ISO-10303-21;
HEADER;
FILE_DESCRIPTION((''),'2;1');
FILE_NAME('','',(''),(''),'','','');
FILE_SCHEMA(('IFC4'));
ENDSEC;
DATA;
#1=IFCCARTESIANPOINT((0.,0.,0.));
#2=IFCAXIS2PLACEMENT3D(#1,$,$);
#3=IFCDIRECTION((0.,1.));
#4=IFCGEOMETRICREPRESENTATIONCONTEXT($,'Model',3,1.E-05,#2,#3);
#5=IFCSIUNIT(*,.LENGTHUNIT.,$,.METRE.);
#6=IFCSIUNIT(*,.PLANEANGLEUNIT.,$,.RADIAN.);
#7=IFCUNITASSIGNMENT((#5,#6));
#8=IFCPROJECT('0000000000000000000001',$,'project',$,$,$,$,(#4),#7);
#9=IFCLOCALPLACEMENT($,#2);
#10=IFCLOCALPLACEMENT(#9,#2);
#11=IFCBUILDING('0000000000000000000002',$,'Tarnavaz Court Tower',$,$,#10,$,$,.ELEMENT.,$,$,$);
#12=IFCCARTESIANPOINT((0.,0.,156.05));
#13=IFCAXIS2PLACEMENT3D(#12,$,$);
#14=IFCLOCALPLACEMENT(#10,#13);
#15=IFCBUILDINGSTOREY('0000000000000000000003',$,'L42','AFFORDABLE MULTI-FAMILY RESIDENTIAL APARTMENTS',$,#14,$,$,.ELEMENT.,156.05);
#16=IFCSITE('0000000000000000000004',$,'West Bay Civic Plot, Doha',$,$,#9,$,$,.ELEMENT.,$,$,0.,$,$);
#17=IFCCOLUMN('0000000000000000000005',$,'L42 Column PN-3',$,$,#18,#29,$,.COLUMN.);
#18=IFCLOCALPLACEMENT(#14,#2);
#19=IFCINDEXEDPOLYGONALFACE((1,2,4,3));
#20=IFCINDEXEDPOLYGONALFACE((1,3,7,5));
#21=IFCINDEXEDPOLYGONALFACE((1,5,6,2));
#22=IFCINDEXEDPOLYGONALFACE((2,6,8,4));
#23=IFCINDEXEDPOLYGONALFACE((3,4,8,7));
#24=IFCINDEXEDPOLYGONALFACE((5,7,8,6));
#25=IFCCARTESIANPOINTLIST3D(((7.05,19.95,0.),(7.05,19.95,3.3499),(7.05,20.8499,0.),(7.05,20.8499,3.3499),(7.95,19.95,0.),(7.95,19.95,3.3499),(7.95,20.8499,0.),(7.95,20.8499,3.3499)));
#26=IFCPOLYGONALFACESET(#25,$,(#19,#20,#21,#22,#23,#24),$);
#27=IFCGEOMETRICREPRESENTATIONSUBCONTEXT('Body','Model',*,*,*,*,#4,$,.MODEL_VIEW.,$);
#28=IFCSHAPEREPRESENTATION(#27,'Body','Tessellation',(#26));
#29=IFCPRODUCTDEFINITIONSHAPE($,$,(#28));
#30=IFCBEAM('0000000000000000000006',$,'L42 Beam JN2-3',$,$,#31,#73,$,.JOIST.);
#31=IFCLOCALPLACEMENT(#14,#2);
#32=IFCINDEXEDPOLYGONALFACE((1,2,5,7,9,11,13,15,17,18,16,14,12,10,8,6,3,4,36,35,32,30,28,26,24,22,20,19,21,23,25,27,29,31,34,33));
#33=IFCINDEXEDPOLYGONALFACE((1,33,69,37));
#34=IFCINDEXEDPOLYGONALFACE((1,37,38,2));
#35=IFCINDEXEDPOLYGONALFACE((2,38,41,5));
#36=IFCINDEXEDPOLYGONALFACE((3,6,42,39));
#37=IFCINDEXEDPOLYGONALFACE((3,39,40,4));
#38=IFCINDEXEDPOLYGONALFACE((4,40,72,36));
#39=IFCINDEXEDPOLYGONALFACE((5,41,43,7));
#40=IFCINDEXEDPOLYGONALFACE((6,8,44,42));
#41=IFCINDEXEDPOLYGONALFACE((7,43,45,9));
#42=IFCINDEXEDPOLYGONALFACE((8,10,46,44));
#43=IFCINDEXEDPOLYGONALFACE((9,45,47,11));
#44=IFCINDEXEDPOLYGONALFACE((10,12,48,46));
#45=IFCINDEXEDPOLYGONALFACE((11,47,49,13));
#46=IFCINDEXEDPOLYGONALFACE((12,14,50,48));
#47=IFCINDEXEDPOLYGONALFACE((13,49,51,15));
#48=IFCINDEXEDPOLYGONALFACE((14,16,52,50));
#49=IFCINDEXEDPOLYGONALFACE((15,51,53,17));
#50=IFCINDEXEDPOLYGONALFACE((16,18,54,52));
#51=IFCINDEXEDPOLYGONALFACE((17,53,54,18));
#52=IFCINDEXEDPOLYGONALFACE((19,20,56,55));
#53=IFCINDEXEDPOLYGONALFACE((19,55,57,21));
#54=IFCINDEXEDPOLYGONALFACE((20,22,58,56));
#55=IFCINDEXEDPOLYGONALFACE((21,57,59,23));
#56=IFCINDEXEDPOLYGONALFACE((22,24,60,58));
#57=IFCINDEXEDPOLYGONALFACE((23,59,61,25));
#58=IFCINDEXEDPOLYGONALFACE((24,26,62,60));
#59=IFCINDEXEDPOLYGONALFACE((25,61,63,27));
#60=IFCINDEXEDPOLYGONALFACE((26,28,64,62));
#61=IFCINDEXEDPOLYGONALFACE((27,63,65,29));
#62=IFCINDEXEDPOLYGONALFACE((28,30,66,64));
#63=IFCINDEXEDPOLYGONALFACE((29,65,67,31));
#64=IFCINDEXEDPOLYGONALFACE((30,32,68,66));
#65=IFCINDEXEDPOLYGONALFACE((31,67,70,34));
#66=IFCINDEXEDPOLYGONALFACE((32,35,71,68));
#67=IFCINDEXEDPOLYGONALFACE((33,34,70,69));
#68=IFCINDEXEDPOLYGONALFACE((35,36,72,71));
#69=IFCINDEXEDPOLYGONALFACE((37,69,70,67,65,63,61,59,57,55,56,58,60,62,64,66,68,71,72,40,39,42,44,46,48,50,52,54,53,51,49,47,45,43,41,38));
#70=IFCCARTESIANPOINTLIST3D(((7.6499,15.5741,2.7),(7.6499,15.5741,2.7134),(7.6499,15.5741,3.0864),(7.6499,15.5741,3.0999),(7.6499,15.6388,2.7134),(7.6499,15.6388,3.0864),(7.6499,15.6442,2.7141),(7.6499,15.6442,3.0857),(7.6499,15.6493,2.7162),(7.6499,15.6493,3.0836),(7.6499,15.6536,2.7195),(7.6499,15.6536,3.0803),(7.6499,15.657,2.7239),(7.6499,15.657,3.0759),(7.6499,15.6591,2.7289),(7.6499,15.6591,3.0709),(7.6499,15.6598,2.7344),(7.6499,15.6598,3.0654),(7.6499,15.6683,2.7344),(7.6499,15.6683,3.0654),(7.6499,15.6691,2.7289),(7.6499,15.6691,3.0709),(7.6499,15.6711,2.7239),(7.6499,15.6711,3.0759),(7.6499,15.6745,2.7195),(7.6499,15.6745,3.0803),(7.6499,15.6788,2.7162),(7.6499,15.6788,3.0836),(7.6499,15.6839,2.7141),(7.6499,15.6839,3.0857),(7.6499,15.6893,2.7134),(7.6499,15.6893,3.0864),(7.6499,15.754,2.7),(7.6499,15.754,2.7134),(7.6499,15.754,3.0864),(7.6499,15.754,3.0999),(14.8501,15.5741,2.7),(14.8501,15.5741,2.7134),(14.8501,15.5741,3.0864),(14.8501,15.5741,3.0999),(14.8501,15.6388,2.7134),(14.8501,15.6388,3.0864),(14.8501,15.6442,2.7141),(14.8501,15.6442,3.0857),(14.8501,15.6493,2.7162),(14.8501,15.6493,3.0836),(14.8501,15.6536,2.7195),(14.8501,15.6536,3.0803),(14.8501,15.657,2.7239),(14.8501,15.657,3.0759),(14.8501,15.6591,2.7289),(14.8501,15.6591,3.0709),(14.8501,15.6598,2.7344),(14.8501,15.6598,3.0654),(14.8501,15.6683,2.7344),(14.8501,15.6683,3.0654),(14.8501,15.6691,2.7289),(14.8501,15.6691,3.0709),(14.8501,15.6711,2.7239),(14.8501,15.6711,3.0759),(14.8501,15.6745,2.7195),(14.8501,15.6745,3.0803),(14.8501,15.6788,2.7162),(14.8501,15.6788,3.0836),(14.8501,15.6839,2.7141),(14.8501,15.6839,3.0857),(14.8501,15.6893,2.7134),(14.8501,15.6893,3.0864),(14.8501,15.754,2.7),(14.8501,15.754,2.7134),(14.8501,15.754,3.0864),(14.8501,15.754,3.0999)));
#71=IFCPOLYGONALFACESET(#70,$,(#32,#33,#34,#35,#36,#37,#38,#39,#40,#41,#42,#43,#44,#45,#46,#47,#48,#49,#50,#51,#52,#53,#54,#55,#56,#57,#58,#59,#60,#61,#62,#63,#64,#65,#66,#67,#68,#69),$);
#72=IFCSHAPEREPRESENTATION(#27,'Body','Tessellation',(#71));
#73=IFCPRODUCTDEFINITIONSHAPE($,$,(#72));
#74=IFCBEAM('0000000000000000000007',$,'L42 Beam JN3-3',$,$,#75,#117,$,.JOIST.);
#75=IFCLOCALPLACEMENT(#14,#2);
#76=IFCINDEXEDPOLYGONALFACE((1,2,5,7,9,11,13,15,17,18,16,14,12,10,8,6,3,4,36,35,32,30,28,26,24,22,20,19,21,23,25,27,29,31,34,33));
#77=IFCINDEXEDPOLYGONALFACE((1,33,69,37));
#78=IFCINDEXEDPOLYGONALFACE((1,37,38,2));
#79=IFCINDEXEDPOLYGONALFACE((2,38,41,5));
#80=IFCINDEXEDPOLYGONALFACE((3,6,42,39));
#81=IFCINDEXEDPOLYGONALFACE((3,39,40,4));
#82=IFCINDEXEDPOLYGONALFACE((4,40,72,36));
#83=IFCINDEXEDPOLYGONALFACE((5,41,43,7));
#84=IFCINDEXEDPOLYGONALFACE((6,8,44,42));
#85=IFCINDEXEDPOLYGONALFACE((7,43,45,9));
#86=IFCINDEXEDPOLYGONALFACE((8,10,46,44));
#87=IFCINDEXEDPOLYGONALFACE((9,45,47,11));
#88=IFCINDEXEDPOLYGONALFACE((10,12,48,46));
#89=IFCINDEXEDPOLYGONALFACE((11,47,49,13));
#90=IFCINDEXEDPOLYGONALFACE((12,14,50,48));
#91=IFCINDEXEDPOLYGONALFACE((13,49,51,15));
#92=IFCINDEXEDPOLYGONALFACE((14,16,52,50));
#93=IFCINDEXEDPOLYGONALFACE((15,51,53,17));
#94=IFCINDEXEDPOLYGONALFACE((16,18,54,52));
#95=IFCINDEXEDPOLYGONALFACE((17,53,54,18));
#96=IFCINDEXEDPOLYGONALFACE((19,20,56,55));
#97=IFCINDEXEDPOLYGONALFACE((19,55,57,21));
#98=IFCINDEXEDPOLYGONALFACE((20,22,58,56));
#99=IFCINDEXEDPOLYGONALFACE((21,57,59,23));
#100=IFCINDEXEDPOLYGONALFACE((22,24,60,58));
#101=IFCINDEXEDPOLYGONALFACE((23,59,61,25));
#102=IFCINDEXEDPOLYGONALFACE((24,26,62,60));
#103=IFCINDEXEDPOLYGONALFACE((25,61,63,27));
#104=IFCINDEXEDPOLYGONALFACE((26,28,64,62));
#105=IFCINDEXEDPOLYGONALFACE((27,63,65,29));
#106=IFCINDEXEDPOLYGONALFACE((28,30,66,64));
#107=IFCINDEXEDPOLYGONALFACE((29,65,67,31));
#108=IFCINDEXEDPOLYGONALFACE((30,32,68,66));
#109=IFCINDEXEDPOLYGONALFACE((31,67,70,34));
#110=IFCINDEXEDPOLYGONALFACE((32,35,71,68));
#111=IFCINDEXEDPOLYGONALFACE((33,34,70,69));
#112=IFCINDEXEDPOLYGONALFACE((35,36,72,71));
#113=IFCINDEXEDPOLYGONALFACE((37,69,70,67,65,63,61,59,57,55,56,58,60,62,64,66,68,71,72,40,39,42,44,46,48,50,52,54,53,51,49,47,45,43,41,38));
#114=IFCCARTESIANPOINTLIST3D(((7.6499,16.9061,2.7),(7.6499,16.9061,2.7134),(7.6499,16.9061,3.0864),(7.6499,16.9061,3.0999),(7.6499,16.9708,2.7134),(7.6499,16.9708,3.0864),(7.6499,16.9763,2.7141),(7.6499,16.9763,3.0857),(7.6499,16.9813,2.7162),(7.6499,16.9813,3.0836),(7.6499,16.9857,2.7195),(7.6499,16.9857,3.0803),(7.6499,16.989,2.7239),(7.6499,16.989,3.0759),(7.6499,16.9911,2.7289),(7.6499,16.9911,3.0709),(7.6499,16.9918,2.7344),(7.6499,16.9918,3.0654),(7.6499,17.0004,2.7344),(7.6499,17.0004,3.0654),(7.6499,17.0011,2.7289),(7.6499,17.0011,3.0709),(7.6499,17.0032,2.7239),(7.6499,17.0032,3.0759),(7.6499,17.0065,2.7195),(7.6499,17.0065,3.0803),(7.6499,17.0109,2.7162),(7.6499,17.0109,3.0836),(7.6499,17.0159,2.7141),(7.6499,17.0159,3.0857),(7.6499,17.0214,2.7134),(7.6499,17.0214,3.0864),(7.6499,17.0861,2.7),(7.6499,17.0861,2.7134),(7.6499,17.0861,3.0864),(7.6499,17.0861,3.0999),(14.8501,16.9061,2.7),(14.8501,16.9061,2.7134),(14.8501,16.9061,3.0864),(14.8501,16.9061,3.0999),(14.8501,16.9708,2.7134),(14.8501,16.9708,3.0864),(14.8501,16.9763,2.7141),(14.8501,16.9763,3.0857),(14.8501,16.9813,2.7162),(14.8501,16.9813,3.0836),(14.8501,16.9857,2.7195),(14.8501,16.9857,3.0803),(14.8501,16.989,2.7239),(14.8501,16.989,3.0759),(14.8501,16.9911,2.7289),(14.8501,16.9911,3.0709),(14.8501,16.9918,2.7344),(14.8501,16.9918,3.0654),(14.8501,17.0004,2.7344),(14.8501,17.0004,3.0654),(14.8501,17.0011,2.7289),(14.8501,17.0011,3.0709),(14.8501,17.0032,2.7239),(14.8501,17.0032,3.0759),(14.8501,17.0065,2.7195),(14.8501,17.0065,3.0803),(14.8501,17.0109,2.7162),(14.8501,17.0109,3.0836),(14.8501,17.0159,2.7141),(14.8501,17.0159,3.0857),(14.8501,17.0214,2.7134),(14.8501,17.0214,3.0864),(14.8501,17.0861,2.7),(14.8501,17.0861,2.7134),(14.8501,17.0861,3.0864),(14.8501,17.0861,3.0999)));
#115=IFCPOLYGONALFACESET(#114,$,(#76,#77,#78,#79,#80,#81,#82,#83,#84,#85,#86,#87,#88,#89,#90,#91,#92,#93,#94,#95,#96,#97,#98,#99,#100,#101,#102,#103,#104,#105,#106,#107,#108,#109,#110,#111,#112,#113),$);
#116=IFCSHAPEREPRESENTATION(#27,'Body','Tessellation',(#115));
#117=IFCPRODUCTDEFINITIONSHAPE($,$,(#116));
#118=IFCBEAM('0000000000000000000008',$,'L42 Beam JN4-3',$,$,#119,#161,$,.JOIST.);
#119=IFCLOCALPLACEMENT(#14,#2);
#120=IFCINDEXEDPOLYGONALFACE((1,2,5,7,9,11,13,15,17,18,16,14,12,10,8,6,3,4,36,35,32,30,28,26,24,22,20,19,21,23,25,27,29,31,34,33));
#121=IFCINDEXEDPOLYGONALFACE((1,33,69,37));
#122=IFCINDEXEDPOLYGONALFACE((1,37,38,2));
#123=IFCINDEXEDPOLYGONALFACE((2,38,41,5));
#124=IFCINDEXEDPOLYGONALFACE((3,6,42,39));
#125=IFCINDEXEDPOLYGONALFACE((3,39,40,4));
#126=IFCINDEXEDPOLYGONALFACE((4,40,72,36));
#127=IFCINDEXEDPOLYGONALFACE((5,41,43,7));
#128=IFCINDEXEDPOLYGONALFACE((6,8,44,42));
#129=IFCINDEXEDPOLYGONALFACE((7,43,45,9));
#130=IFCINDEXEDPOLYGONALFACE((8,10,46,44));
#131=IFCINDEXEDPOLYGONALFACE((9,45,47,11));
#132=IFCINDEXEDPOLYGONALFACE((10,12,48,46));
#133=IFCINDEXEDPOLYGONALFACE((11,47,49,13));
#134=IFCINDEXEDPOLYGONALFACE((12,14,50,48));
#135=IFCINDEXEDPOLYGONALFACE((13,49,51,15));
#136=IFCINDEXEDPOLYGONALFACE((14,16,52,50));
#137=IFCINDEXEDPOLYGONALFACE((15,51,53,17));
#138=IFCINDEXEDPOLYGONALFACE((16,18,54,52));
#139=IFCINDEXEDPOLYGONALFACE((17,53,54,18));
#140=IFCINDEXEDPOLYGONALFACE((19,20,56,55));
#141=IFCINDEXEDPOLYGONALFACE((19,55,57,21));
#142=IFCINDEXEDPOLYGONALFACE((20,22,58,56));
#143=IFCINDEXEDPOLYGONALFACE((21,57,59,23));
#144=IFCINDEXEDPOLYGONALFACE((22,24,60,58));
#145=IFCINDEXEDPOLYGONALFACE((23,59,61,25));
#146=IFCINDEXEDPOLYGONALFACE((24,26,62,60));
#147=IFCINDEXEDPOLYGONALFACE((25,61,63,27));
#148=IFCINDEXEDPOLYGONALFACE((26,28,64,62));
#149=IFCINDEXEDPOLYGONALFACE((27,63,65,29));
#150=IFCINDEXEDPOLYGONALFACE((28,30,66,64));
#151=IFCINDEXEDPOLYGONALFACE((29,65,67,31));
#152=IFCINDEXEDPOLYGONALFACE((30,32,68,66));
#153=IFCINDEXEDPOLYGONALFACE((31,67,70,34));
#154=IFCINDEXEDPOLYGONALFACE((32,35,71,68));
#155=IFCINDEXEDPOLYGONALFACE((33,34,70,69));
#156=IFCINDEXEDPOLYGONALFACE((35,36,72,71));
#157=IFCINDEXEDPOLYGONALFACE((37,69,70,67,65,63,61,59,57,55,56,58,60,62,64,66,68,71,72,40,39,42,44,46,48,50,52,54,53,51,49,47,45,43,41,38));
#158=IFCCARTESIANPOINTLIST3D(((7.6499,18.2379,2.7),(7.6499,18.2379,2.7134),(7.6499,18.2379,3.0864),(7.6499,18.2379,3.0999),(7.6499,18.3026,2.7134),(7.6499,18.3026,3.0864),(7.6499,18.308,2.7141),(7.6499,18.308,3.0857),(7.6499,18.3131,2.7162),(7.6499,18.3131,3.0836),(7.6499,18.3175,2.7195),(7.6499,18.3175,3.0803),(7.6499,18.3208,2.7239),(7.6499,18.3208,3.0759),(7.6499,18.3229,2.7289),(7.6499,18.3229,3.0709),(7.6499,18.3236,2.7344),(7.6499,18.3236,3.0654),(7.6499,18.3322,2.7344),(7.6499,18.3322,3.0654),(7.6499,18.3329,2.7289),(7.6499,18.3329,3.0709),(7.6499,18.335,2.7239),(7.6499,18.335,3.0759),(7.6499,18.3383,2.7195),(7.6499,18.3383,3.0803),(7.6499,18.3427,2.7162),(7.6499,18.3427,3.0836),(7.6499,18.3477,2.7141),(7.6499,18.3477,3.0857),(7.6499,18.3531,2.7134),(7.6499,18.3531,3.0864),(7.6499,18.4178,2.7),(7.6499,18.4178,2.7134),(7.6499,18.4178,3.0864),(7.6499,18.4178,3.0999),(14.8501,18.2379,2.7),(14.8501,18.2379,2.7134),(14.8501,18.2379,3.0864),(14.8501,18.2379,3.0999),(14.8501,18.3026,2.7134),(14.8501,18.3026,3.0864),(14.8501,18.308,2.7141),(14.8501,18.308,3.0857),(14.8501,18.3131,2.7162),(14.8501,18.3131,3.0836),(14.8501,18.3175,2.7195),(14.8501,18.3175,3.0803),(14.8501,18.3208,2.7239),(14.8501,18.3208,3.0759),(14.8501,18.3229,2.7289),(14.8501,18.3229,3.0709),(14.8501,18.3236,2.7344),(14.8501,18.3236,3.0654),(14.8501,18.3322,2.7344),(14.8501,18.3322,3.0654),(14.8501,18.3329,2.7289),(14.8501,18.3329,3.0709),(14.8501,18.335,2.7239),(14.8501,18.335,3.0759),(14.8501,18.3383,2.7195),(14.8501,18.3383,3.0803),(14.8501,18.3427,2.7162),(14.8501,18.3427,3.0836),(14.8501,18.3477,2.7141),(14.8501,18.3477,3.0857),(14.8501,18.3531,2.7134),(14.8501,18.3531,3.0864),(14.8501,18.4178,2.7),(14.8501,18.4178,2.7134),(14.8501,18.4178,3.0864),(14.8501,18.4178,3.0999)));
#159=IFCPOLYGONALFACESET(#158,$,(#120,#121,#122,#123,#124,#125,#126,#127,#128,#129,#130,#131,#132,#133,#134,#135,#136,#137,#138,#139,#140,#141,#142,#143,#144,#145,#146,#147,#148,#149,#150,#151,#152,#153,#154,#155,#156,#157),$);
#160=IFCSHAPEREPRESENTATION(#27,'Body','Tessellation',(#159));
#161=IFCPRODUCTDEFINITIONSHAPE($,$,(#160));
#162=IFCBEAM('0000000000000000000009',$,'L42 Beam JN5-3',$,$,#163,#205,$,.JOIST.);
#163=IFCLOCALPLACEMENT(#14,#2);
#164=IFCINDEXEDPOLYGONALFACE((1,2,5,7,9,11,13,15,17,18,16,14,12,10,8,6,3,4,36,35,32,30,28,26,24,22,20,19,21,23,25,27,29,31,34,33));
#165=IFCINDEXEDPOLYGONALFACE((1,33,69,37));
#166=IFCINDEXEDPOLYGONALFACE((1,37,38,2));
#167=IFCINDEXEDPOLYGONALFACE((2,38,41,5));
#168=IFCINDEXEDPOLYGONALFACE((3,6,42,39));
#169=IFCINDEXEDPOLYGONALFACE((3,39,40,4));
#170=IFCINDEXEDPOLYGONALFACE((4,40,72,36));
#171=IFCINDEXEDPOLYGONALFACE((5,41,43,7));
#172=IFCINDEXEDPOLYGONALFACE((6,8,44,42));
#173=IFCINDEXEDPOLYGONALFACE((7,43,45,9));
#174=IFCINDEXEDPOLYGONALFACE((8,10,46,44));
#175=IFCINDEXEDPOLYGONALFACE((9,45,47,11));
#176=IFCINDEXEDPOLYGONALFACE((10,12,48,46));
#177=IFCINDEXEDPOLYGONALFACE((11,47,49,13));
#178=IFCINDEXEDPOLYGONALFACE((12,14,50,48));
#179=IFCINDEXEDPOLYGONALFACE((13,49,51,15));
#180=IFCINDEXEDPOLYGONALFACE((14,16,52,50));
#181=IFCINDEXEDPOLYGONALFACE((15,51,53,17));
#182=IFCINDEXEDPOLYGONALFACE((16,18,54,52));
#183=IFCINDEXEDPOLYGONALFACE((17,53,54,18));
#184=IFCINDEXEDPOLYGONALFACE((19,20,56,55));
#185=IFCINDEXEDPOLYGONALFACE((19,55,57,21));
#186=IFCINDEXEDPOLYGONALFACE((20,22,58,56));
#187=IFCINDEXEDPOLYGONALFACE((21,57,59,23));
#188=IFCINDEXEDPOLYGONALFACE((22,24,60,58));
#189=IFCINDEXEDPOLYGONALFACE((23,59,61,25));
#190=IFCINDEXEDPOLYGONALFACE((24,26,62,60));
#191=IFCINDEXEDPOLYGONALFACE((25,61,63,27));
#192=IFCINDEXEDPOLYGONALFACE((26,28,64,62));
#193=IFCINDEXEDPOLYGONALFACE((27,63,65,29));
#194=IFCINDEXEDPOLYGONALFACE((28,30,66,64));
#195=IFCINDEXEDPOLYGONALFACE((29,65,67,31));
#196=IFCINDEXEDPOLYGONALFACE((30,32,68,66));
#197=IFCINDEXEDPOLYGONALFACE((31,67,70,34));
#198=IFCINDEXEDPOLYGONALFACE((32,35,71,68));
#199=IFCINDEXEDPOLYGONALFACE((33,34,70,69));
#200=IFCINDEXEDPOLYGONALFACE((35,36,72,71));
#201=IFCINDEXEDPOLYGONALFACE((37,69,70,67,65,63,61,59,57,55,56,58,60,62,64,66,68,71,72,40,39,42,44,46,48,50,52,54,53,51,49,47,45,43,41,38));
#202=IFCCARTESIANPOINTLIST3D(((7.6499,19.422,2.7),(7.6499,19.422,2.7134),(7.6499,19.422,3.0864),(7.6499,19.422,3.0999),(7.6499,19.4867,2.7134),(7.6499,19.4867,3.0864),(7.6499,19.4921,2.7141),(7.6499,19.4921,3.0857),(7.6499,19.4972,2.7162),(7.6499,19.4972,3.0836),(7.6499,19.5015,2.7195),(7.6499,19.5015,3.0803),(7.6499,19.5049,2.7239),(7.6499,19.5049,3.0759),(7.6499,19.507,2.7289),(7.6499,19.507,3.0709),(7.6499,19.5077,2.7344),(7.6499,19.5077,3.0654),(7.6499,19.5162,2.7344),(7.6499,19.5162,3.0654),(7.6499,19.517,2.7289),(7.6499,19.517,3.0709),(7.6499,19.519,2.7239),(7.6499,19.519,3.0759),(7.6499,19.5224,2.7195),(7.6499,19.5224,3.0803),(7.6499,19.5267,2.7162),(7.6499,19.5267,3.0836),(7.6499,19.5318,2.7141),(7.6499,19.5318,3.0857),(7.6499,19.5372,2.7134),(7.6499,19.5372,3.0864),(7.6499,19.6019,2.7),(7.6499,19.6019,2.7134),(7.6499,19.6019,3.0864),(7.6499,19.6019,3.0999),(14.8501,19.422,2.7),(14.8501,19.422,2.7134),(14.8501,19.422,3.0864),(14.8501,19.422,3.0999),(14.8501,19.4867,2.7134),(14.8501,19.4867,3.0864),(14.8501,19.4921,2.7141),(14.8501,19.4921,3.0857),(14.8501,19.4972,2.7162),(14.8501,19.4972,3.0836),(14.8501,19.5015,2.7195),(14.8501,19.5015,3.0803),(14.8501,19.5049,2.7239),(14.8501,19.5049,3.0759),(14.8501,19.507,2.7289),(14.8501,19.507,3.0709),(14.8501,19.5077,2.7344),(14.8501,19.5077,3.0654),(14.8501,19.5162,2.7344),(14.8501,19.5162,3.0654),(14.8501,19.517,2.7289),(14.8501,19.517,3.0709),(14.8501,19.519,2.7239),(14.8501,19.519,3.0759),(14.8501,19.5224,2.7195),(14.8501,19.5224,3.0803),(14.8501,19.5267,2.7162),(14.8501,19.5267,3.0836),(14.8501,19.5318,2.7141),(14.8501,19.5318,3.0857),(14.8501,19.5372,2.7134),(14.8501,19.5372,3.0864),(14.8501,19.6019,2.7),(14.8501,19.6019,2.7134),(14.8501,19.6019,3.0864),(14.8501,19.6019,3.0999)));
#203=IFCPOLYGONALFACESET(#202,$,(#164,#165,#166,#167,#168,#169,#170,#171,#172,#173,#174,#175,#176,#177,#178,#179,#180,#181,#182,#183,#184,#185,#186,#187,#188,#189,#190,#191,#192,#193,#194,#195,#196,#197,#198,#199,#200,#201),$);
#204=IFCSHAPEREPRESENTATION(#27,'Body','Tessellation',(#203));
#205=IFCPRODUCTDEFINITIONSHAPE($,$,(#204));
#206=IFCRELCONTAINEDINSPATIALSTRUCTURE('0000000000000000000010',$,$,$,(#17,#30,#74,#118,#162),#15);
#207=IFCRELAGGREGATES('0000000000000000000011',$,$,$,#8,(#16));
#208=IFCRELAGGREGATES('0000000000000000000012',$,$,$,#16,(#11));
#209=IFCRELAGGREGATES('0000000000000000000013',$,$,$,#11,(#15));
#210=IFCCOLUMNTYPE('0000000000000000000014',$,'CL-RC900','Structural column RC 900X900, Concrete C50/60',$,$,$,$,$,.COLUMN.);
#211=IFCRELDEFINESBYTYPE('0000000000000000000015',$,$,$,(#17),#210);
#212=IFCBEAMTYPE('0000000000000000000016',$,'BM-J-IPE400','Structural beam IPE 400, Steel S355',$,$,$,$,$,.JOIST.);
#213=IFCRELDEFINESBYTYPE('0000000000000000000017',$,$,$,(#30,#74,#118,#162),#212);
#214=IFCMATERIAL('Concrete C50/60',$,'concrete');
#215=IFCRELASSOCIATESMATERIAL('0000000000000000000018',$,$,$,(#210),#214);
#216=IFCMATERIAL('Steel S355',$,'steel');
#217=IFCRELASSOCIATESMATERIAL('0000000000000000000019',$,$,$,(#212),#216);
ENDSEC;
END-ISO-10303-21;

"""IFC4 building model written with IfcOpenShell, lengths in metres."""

from ifc_helpers import new_model, si_unit, direction, frame, origin, origin_2d, place, context, subcontext, project, spatial, rectangle, i_section, extrude, material, material_profile, profile_set, type_object, element, save


model = new_model("IFC4")

# Units and contexts
model_context = context("Model", 3, precision=1e-05, world=origin(), true_north=direction((0.0, 1.0)))
body_context = subcontext(model_context, "Body", "Model", "MODEL_VIEW")
ifc_project = project(units=[si_unit("LENGTHUNIT", "METRE"), si_unit("PLANEANGLEUNIT", "RADIAN")], contexts=[model_context])

# Site, building, storey
site_placement = place(None, origin())
site = spatial("IfcSite", under=ifc_project, at=site_placement, Name="West Bay Civic Plot, Doha", CompositionType="ELEMENT", RefElevation=0.0)
building_placement = place(site_placement, origin())
building = spatial("IfcBuilding", under=site, at=building_placement, Name="Tarnavaz Court Tower", CompositionType="ELEMENT")
storey_placement = place(building_placement, frame((0.0, 0.0, 156.05)))
storey = spatial("IfcBuildingStorey", under=building, at=storey_placement, Name="L42", Description="AFFORDABLE MULTI-FAMILY RESIDENTIAL APARTMENTS", CompositionType="ELEMENT", Elevation=156.05)

# Column
ifc_material_1 = material(Name="Concrete C50/60", Category="concrete")
ifc_material_profile_1 = material_profile(ifc_material_1, rectangle(XDim=0.8999, YDim=0.8999, at=origin_2d()), Name="RC 900X900")
ifc_profile_set_1 = profile_set([ifc_material_profile_1], Name="Concrete C50/60")
column_type = type_object("IfcColumnType", Name="CL-RC900", Description="Structural column RC 900X900, Concrete C50/60", PredefinedType="COLUMN", material=ifc_profile_set_1)
column_placement = place(storey_placement, frame((7.5, 20.3999, 0.0), z_axis=(0.0, 0.0, 1.0), x_axis=(1.0, 0.0, 0.0)))
element("IfcColumn", 1, at=column_placement, inside=storey, type_object=column_type, Name="L42 Column PN-3", PredefinedType="COLUMN", context=body_context, shape_type="SweptSolid", body=[
    extrude(rectangle(XDim=0.8999, YDim=0.8999, at=origin_2d()), origin(), (0.0, 0.0, 1.0), 3.3499),
])

# Beams
ifc_material_2 = material(Name="Steel S355", Category="steel")
ifc_material_profile_2 = material_profile(ifc_material_2, i_section(OverallWidth=0.1799, OverallDepth=0.3999, WebThickness=0.0085, FlangeThickness=0.0134, FilletRadius=0.021, at=origin_2d()), Name="IPE 400")
ifc_profile_set_2 = profile_set([ifc_material_profile_2], Name="Steel S355")
beam_type_1 = type_object("IfcBeamType", Name="BM-J-IPE400", Description="Structural beam IPE 400, Steel S355", PredefinedType="JOIST", material=ifc_profile_set_2)
for number, where, z_axis, x_axis, name in (
    (2, (7.6499, 15.6641, 2.8999), (1.0, 0.0, 0.0), (0.0, 1.0, 0.0), "L42 Beam JN2-3"),
    (3, (7.6499, 16.9961, 2.8999), (1.0, 0.0, 0.0), (0.0, 1.0, 0.0), "L42 Beam JN3-3"),
    (4, (7.6499, 18.3279, 2.8999), (1.0, 0.0, 0.0), (0.0, 1.0, 0.0), "L42 Beam JN4-3"),
    (5, (7.6499, 19.512, 2.8999), (1.0, 0.0, 0.0), (0.0, 1.0, 0.0), "L42 Beam JN5-3"),
):
    element("IfcBeam", number, at=place(storey_placement, frame(where, z_axis=z_axis, x_axis=x_axis)), inside=storey, type_object=beam_type_1, Name=name, PredefinedType="JOIST", context=body_context, shape_type="SweptSolid", body=[
        extrude(i_section(OverallWidth=0.1799, OverallDepth=0.3999, WebThickness=0.0085, FlangeThickness=0.0134, FilletRadius=0.021, at=origin_2d()), origin(), (0.0, 0.0, 1.0), 7.2002),
    ])

save(model, "model.ifc")
